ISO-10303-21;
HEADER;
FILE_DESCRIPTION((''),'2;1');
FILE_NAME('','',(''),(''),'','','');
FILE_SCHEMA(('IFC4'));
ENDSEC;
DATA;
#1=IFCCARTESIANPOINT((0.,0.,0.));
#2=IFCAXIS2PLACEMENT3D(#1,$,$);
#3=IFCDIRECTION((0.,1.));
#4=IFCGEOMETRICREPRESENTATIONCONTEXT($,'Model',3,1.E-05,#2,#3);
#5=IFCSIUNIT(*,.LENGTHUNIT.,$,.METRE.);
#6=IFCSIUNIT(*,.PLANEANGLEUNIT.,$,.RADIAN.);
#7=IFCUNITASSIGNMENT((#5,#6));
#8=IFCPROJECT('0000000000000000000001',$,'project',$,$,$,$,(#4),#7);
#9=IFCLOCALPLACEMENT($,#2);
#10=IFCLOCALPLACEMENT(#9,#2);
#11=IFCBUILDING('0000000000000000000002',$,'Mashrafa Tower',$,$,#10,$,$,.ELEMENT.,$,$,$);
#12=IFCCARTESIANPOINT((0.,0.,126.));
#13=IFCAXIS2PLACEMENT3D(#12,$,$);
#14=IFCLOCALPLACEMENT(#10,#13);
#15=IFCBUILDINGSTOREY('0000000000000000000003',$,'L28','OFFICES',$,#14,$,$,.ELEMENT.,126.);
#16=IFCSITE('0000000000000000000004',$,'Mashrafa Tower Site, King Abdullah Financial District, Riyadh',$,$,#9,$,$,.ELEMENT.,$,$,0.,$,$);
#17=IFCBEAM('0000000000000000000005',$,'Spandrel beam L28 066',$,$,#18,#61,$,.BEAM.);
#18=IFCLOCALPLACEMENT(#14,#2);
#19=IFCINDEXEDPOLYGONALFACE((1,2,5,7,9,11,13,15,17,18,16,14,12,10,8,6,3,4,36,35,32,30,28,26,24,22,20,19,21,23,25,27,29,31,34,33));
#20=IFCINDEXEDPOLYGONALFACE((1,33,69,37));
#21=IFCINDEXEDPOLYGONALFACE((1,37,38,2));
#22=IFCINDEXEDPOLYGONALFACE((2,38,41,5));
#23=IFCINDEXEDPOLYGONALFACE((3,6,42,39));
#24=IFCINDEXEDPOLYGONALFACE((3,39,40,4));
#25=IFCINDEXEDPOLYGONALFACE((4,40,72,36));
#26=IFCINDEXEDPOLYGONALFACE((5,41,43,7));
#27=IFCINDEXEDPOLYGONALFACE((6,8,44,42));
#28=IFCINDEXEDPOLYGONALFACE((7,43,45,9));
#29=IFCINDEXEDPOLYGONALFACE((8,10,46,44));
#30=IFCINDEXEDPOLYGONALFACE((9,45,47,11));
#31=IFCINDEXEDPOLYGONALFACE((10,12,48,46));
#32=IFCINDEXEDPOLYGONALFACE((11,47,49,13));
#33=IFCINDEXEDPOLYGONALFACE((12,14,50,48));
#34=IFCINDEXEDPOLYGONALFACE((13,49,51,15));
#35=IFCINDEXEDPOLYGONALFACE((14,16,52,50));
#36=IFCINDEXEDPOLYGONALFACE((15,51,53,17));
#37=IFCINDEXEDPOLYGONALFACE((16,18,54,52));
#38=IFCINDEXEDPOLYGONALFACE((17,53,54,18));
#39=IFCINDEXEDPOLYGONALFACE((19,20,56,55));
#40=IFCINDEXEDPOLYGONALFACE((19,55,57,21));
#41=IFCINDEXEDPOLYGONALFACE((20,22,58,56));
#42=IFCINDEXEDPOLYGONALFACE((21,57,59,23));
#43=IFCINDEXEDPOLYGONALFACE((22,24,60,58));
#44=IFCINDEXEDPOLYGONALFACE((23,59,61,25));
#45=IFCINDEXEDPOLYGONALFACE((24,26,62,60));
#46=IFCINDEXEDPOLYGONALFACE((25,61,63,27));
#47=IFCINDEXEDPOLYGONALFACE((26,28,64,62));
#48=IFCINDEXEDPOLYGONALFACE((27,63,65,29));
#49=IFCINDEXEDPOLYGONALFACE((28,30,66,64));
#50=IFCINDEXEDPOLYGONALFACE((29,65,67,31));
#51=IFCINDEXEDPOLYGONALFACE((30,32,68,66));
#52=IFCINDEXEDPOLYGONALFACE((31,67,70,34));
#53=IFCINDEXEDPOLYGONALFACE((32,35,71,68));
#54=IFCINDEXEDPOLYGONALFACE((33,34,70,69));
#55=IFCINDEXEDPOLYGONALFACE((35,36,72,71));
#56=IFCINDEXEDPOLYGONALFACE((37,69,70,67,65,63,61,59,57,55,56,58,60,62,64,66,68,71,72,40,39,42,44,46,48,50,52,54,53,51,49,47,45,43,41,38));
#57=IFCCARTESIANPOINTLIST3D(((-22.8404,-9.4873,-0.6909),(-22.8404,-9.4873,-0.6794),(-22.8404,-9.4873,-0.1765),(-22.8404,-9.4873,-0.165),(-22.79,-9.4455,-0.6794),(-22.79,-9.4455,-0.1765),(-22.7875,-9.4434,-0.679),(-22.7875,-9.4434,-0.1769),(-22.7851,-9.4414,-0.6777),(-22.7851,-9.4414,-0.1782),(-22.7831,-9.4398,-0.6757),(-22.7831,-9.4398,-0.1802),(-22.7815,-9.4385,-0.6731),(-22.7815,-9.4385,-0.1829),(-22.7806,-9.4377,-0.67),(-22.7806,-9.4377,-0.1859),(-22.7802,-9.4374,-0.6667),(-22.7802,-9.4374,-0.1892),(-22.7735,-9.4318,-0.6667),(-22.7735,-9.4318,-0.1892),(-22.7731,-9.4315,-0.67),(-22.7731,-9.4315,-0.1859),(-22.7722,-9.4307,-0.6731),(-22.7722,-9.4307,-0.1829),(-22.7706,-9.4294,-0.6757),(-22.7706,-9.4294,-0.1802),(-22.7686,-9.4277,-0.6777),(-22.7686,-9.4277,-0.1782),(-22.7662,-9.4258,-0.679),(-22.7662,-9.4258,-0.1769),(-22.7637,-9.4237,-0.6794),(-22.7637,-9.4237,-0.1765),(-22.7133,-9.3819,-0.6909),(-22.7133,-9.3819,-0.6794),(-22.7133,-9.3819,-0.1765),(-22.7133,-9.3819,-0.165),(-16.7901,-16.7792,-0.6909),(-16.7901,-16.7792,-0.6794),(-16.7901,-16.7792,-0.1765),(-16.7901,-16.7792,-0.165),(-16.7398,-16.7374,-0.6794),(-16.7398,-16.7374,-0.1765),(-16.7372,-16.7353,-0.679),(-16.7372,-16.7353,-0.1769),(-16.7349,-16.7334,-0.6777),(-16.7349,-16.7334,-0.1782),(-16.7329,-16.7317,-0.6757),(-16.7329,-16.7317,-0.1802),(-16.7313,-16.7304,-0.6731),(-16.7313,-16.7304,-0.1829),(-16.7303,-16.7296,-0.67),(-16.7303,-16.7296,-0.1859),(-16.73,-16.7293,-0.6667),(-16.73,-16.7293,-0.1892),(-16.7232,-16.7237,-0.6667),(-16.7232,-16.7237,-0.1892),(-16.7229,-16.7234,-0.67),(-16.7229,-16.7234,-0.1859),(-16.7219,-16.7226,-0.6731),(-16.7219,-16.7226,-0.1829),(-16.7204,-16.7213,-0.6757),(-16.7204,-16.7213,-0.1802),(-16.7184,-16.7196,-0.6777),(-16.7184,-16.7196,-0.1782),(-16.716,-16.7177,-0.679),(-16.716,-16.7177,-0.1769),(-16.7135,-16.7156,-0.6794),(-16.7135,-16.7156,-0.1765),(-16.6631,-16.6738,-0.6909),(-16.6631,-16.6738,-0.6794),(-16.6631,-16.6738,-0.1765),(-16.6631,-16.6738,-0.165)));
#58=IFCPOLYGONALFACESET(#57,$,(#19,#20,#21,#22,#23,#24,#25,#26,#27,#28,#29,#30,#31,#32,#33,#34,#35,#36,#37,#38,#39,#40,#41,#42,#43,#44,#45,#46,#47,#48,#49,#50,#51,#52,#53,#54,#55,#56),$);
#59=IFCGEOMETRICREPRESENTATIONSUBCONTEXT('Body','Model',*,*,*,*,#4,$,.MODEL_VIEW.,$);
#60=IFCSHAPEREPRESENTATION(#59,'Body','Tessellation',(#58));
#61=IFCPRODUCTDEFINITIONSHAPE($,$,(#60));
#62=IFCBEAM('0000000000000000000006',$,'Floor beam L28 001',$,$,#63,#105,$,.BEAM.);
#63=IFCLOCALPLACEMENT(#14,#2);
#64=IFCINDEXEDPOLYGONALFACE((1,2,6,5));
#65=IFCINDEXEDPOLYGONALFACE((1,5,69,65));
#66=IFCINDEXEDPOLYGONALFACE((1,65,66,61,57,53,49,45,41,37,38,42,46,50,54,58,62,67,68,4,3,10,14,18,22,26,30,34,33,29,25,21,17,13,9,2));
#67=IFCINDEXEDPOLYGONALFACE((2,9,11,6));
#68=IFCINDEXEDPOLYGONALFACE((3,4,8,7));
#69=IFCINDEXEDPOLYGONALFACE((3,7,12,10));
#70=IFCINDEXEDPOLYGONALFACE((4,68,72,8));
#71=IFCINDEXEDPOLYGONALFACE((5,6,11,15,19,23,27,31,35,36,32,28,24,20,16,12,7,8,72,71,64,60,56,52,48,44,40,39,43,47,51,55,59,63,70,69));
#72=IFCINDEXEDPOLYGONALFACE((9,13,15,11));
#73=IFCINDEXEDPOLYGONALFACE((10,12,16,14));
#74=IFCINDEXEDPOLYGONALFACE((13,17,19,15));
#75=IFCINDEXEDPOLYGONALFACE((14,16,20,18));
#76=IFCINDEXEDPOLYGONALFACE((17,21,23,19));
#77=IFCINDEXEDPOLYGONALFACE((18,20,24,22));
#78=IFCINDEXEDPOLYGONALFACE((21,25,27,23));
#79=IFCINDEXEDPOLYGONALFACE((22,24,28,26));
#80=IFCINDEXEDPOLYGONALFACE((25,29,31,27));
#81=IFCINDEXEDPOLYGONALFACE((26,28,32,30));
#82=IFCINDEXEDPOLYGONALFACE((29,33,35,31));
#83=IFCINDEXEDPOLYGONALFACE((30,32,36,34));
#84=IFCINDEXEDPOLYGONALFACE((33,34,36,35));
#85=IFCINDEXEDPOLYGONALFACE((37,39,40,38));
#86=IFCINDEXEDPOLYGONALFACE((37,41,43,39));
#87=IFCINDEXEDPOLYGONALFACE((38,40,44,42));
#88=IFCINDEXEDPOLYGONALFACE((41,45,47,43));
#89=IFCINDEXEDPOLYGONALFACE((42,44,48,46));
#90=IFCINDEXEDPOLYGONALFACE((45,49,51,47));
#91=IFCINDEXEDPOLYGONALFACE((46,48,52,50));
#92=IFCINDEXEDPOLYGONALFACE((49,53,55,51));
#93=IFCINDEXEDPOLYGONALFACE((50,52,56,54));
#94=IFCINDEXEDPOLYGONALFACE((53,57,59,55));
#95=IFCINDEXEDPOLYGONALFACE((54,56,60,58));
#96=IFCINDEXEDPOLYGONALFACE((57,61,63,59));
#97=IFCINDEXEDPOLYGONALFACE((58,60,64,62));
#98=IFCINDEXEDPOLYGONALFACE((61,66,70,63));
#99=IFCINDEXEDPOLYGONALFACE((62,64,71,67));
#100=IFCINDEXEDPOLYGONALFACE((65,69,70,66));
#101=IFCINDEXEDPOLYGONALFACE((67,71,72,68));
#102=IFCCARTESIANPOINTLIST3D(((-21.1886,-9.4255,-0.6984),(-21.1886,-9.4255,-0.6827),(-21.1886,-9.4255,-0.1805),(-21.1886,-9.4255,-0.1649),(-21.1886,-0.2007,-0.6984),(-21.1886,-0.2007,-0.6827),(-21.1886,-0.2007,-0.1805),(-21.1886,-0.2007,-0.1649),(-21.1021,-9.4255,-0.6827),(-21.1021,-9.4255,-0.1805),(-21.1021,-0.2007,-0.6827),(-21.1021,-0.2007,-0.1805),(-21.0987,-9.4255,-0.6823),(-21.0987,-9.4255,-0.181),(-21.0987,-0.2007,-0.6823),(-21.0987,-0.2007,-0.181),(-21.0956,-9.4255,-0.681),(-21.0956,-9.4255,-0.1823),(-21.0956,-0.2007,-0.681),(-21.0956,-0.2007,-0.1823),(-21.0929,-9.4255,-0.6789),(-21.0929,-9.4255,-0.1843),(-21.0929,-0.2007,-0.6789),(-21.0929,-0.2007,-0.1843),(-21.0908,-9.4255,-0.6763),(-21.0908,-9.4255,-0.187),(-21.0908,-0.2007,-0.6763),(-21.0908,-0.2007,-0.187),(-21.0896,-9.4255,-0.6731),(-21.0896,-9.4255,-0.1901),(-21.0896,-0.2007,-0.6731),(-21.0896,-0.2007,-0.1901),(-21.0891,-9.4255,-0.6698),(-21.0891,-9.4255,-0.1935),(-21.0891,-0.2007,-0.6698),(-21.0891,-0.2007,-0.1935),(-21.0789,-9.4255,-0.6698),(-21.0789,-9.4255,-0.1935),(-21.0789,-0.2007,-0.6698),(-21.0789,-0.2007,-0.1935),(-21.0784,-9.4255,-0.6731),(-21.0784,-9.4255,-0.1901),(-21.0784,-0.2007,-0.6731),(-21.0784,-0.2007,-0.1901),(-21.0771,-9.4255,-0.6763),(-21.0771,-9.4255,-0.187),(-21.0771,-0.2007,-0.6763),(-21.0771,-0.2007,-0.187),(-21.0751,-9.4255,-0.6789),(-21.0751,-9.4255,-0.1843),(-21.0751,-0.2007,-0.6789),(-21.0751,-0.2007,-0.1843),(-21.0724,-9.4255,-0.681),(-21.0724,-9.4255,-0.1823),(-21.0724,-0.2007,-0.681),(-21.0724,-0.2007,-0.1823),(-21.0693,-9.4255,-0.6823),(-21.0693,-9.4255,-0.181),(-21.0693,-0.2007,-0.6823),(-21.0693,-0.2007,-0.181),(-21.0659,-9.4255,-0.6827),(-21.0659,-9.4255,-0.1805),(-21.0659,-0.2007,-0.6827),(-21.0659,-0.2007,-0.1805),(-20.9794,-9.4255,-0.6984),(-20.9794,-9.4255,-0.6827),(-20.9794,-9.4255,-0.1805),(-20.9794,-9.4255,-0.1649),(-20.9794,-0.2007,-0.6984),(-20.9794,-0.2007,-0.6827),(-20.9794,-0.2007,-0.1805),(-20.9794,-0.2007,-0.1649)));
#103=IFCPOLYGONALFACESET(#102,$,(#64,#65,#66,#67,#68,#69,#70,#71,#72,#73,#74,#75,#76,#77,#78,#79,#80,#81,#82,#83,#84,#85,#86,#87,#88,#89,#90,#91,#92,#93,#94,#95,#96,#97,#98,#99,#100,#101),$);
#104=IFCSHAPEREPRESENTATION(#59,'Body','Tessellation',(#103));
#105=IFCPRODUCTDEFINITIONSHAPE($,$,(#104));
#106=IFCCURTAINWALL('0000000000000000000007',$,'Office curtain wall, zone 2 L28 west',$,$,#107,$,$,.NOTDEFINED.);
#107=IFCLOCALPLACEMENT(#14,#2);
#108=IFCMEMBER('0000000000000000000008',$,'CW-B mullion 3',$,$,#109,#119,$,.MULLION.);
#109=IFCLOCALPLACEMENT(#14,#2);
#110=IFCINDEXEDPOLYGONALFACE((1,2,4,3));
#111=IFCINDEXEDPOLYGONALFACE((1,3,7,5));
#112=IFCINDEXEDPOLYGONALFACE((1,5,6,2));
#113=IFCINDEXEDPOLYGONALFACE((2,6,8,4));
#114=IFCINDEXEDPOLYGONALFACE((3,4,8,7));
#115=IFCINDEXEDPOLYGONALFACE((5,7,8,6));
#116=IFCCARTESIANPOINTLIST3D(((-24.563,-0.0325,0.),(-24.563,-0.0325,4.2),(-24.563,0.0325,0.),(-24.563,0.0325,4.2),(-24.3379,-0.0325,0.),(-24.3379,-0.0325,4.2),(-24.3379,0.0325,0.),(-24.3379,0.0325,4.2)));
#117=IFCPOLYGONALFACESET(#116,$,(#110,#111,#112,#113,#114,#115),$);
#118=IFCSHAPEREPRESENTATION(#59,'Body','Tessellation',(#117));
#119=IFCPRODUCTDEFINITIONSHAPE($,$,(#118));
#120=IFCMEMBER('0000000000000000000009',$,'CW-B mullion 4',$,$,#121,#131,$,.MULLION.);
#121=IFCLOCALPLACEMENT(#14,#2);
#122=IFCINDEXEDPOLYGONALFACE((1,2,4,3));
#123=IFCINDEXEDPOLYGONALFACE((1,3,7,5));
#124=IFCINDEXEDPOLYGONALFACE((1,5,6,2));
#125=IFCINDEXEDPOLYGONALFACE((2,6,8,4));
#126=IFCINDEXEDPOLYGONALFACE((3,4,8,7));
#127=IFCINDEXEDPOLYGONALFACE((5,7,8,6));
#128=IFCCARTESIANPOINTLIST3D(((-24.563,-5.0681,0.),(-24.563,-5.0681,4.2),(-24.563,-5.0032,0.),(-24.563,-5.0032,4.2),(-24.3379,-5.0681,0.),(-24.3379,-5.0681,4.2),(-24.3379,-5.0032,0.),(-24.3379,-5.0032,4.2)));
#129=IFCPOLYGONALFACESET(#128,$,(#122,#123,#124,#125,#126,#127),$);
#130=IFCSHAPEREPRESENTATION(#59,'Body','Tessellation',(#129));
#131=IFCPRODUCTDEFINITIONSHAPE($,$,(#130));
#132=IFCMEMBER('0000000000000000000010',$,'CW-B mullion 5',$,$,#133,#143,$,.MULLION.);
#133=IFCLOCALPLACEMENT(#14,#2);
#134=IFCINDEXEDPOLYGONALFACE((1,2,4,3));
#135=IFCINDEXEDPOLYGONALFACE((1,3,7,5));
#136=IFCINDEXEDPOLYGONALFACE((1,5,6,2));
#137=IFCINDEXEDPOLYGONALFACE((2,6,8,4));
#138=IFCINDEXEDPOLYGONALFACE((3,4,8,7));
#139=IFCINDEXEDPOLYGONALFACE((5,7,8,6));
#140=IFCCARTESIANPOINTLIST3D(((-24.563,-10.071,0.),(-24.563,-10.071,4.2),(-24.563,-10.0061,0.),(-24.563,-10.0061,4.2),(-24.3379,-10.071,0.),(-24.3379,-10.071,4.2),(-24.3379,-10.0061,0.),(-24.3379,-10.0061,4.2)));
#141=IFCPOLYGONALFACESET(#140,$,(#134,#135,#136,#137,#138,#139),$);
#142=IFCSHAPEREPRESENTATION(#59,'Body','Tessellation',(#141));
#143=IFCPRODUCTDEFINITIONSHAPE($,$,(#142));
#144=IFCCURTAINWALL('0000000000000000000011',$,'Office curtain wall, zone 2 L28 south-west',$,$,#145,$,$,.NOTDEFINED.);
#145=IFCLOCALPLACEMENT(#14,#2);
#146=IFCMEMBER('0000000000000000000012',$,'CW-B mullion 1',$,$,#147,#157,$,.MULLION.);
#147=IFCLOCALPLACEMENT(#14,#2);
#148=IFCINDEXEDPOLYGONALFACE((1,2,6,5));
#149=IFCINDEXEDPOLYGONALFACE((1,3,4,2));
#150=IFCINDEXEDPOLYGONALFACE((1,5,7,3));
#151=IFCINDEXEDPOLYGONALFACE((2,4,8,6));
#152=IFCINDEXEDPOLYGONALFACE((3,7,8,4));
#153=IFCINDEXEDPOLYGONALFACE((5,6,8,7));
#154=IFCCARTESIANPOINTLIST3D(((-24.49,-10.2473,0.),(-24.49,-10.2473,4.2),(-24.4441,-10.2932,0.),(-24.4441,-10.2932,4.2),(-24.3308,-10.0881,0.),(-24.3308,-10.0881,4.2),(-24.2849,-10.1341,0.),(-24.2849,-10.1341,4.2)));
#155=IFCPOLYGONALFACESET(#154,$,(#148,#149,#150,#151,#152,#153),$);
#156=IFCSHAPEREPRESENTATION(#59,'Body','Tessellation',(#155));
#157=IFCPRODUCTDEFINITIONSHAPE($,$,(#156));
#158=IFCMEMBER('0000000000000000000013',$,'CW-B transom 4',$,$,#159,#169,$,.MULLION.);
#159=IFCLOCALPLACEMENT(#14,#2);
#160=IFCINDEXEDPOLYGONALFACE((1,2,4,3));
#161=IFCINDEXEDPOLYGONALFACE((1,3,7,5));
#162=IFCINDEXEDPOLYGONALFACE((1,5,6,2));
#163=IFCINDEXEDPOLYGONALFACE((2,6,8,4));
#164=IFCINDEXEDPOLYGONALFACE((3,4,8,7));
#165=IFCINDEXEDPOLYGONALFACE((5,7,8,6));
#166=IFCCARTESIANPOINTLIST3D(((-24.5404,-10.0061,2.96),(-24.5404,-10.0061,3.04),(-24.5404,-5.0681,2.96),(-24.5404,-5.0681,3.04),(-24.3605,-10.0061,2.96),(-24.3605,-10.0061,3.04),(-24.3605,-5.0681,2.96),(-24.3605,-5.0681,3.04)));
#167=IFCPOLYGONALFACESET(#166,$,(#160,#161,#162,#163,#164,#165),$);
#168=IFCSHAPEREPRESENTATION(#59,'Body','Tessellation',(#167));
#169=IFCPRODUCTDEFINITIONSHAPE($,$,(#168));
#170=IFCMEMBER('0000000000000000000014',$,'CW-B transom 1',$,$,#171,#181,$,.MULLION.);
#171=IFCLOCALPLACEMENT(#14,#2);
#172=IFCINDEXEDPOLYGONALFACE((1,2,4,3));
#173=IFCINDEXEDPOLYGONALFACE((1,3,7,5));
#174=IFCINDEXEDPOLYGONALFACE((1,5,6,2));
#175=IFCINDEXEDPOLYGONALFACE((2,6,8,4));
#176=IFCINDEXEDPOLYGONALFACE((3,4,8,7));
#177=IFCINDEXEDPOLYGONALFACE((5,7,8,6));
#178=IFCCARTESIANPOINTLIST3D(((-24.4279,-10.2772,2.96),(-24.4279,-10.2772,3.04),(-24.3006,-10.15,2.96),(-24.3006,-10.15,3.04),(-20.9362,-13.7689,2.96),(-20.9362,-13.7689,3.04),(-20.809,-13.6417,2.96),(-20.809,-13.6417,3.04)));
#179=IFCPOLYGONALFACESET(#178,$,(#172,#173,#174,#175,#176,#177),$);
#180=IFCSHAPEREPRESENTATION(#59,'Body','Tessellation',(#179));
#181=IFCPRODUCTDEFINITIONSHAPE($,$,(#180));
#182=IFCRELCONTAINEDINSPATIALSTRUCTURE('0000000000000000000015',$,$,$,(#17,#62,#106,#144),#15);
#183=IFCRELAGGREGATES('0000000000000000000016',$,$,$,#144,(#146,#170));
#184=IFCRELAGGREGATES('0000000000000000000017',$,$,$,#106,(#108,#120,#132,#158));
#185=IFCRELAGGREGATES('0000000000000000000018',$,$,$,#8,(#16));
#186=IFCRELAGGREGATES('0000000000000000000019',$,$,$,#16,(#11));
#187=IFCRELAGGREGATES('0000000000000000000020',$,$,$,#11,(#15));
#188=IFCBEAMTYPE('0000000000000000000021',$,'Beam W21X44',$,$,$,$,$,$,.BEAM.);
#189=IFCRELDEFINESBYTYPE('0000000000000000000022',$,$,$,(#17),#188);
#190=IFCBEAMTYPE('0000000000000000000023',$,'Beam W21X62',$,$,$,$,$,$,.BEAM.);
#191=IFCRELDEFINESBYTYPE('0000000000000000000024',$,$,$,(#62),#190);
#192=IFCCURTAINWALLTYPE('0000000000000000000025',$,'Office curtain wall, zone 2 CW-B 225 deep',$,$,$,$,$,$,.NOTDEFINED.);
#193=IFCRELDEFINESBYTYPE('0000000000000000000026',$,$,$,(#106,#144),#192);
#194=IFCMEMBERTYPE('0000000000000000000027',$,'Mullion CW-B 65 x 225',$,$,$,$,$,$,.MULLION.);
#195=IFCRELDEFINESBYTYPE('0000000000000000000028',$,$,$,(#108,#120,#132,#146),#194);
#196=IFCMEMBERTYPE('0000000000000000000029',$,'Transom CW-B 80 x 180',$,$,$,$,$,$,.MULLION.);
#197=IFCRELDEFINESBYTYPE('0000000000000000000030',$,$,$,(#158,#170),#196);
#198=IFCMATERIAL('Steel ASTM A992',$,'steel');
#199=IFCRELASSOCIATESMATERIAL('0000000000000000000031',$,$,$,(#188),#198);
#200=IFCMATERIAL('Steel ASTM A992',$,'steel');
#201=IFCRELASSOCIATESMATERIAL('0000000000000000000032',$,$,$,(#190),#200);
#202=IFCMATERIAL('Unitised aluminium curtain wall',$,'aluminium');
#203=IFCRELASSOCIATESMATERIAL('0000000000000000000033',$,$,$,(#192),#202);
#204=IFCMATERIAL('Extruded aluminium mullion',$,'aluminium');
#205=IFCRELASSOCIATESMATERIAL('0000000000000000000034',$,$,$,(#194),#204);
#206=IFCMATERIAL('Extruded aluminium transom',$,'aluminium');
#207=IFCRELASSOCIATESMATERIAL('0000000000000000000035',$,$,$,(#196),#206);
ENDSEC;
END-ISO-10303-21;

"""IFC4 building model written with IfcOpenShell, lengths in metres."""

from ifc_helpers import new_model, si_unit, direction, frame, origin, origin_2d, place, context, subcontext, project, spatial, rectangle, i_section, extrude, source, transform, mapped, material, material_profile, profile_set, type_object, type_shapes, element, aggregate, save


model = new_model("IFC4")

# Units and contexts
model_context = context("Model", 3, precision=1e-05, world=origin(), true_north=direction((0.0, 1.0)))
body_context = subcontext(model_context, "Body", "Model", "MODEL_VIEW")
ifc_project = project(units=[si_unit("LENGTHUNIT", "METRE"), si_unit("PLANEANGLEUNIT", "RADIAN")], contexts=[model_context])

# Site, building, storey
site_placement = place(None, origin())
site = spatial("IfcSite", under=ifc_project, at=site_placement, Name="Mashrafa Tower Site, King Abdullah Financial District, Riyadh", CompositionType="ELEMENT", RefElevation=0.0)
building_placement = place(site_placement, origin())
building = spatial("IfcBuilding", under=site, at=building_placement, Name="Mashrafa Tower", CompositionType="ELEMENT")
storey_placement = place(building_placement, frame((0.0, 0.0, 126.0)))
storey = spatial("IfcBuildingStorey", under=building, at=storey_placement, Name="L28", Description="OFFICES", CompositionType="ELEMENT", Elevation=126.0)

# Beams
ifc_material_1 = material(Name="Steel ASTM A992", Category="steel")
ifc_material_profile_1 = material_profile(ifc_material_1, i_section(OverallWidth=0.165, OverallDepth=0.5259, WebThickness=0.0088, FlangeThickness=0.0115, FilletRadius=0.0127, at=origin_2d()), Name="W21X44")
ifc_profile_set_1 = profile_set([ifc_material_profile_1], Name="Steel ASTM A992")
beam_type_1 = type_object("IfcBeamType", Name="Beam W21X44", PredefinedType="BEAM", material=ifc_profile_set_1)
beam_1_placement = place(storey_placement, frame((-22.7769, -9.4346, -0.428), z_axis=(0.638541, -0.769588, 0.0), x_axis=(0.769588, 0.638541, 0.0)))
element("IfcBeam", 1, at=beam_1_placement, inside=storey, type_object=beam_type_1, Name="Spandrel beam L28 066", PredefinedType="BEAM", context=body_context, shape_type="SweptSolid", body=[
    extrude(i_section(OverallWidth=0.165, OverallDepth=0.5259, WebThickness=0.0088, FlangeThickness=0.0115, FilletRadius=0.0127, at=origin_2d()), origin(), (0.0, 0.0, 1.0), 9.4751),
])
ifc_material_2 = material(Name="Steel ASTM A992", Category="steel")
ifc_material_profile_2 = material_profile(ifc_material_2, i_section(OverallWidth=0.2092, OverallDepth=0.5334, WebThickness=0.0103, FlangeThickness=0.0156, FilletRadius=0.0129, at=origin_2d()), Name="W21X62")
ifc_profile_set_2 = profile_set([ifc_material_profile_2], Name="Steel ASTM A992")
beam_type_2 = type_object("IfcBeamType", Name="Beam W21X62", PredefinedType="BEAM", material=ifc_profile_set_2)
beam_2_placement = place(storey_placement, frame((-21.084, -9.4255, -0.4316), z_axis=(0.0, 1.0, 0.0), x_axis=(-1.0, 0.0, 0.0)))
element("IfcBeam", 2, at=beam_2_placement, inside=storey, type_object=beam_type_2, Name="Floor beam L28 001", PredefinedType="BEAM", context=body_context, shape_type="SweptSolid", body=[
    extrude(i_section(OverallWidth=0.2092, OverallDepth=0.5334, WebThickness=0.0103, FlangeThickness=0.0156, FilletRadius=0.0129, at=origin_2d()), origin(), (0.0, 0.0, 1.0), 9.2249),
])

# Curtain wall, members
ifc_material_3 = material(Name="Unitised aluminium curtain wall", Category="aluminium")
curtain_wall_type = type_object("IfcCurtainWallType", Name="Office curtain wall, zone 2 CW-B 225 deep", PredefinedType="NOTDEFINED", material=ifc_material_3)
curtain_wall_1_placement = place(storey_placement, origin())
curtain_wall_1 = element("IfcCurtainWall", 3, at=curtain_wall_1_placement, inside=storey, type_object=curtain_wall_type, Name="Office curtain wall, zone 2 L28 west", PredefinedType="NOTDEFINED")
ifc_material_4 = material(Name="Extruded aluminium mullion", Category="aluminium")
ifc_material_profile_3 = material_profile(ifc_material_4, rectangle(XDim=0.2251, YDim=0.0649, at=origin_2d()), Name="Mullion 65x225")
ifc_profile_set_3 = profile_set([ifc_material_profile_3], Name="Extruded aluminium mullion")
member_type_1 = type_object("IfcMemberType", Name="Mullion CW-B 65 x 225", PredefinedType="MULLION", material=ifc_profile_set_3)
shared_shape_1 = source(origin(), body_context, "Body", "SweptSolid", [
    extrude(rectangle(XDim=0.2251, YDim=0.0649, at=origin_2d()), origin(), (0.0, 0.0, 1.0), 4.2),
])
type_shapes(member_type_1, [shared_shape_1])
member_1_placement = place(storey_placement, frame((-24.4504, 0.0, 0.0), z_axis=(0.0, 0.0, 1.0), x_axis=(1.0, 0.0, 0.0)))
member_1 = element("IfcMember", 4, at=member_1_placement, type_object=member_type_1, Name="CW-B mullion 3", PredefinedType="MULLION", context=body_context, shape_type="MappedRepresentation", body=[
    mapped(shared_shape_1, transform((0.0, 0.0, 0.0))),
])
member_2_placement = place(storey_placement, frame((-24.4504, -5.0356, 0.0), z_axis=(0.0, 0.0, 1.0), x_axis=(1.0, 0.0, 0.0)))
member_2 = element("IfcMember", 5, at=member_2_placement, type_object=member_type_1, Name="CW-B mullion 4", PredefinedType="MULLION", context=body_context, shape_type="MappedRepresentation", body=[
    mapped(shared_shape_1, transform((0.0, 0.0, 0.0))),
])
member_3_placement = place(storey_placement, frame((-24.4504, -10.0386, 0.0), z_axis=(0.0, 0.0, 1.0), x_axis=(1.0, 0.0, 0.0)))
member_3 = element("IfcMember", 6, at=member_3_placement, type_object=member_type_1, Name="CW-B mullion 5", PredefinedType="MULLION", context=body_context, shape_type="MappedRepresentation", body=[
    mapped(shared_shape_1, transform((0.0, 0.0, 0.0))),
])

# Curtain wall, member
curtain_wall_2_placement = place(storey_placement, origin())
curtain_wall_2 = element("IfcCurtainWall", 7, at=curtain_wall_2_placement, inside=storey, type_object=curtain_wall_type, Name="Office curtain wall, zone 2 L28 south-west", PredefinedType="NOTDEFINED")
member_4_placement = place(storey_placement, frame((-24.3875, -10.1907, 0.0), z_axis=(0.0, 0.0, 1.0), x_axis=(0.707107, 0.707107, 0.0)))
member_4 = element("IfcMember", 8, at=member_4_placement, type_object=member_type_1, Name="CW-B mullion 1", PredefinedType="MULLION", context=body_context, shape_type="MappedRepresentation", body=[
    mapped(shared_shape_1, transform((0.0, 0.0, 0.0))),
])

# Members
ifc_material_5 = material(Name="Extruded aluminium transom", Category="aluminium")
ifc_material_profile_4 = material_profile(ifc_material_5, rectangle(XDim=0.1799, YDim=0.0801, at=origin_2d()), Name="Transom 80x180")
ifc_profile_set_4 = profile_set([ifc_material_profile_4], Name="Extruded aluminium transom")
member_type_2 = type_object("IfcMemberType", Name="Transom CW-B 80 x 180", PredefinedType="MULLION", material=ifc_profile_set_4)
shared_shape_2 = source(origin(), body_context, "Body", "SweptSolid", [
    extrude(rectangle(XDim=0.1799, YDim=0.0801, at=origin_2d()), origin(), (0.0, 0.0, 1.0), 4.938),
])
member_5_placement = place(storey_placement, frame((-24.4504, -5.0681, 3.0), z_axis=(0.0, -1.0, 0.0), x_axis=(1.0, 0.0, 0.0)))
member_5 = element("IfcMember", 9, at=member_5_placement, type_object=member_type_2, Name="CW-B transom 4", PredefinedType="MULLION", context=body_context, shape_type="MappedRepresentation", body=[
    mapped(shared_shape_2, transform((0.0, 0.0, 0.0))),
])
member_6_placement = place(storey_placement, frame((-24.3643, -10.2136, 3.0), z_axis=(0.707107, -0.707107, 0.0), x_axis=(0.707107, 0.707107, 0.0)))
member_6 = element("IfcMember", 10, at=member_6_placement, type_object=member_type_2, Name="CW-B transom 1", PredefinedType="MULLION", context=body_context, shape_type="MappedRepresentation", body=[
    mapped(shared_shape_2, transform((0.0, 0.0, 0.0))),
])
aggregate(curtain_wall_2, [member_4, member_6])

aggregate(curtain_wall_1, [member_1, member_2, member_3, member_5])

save(model, "model.ifc")
